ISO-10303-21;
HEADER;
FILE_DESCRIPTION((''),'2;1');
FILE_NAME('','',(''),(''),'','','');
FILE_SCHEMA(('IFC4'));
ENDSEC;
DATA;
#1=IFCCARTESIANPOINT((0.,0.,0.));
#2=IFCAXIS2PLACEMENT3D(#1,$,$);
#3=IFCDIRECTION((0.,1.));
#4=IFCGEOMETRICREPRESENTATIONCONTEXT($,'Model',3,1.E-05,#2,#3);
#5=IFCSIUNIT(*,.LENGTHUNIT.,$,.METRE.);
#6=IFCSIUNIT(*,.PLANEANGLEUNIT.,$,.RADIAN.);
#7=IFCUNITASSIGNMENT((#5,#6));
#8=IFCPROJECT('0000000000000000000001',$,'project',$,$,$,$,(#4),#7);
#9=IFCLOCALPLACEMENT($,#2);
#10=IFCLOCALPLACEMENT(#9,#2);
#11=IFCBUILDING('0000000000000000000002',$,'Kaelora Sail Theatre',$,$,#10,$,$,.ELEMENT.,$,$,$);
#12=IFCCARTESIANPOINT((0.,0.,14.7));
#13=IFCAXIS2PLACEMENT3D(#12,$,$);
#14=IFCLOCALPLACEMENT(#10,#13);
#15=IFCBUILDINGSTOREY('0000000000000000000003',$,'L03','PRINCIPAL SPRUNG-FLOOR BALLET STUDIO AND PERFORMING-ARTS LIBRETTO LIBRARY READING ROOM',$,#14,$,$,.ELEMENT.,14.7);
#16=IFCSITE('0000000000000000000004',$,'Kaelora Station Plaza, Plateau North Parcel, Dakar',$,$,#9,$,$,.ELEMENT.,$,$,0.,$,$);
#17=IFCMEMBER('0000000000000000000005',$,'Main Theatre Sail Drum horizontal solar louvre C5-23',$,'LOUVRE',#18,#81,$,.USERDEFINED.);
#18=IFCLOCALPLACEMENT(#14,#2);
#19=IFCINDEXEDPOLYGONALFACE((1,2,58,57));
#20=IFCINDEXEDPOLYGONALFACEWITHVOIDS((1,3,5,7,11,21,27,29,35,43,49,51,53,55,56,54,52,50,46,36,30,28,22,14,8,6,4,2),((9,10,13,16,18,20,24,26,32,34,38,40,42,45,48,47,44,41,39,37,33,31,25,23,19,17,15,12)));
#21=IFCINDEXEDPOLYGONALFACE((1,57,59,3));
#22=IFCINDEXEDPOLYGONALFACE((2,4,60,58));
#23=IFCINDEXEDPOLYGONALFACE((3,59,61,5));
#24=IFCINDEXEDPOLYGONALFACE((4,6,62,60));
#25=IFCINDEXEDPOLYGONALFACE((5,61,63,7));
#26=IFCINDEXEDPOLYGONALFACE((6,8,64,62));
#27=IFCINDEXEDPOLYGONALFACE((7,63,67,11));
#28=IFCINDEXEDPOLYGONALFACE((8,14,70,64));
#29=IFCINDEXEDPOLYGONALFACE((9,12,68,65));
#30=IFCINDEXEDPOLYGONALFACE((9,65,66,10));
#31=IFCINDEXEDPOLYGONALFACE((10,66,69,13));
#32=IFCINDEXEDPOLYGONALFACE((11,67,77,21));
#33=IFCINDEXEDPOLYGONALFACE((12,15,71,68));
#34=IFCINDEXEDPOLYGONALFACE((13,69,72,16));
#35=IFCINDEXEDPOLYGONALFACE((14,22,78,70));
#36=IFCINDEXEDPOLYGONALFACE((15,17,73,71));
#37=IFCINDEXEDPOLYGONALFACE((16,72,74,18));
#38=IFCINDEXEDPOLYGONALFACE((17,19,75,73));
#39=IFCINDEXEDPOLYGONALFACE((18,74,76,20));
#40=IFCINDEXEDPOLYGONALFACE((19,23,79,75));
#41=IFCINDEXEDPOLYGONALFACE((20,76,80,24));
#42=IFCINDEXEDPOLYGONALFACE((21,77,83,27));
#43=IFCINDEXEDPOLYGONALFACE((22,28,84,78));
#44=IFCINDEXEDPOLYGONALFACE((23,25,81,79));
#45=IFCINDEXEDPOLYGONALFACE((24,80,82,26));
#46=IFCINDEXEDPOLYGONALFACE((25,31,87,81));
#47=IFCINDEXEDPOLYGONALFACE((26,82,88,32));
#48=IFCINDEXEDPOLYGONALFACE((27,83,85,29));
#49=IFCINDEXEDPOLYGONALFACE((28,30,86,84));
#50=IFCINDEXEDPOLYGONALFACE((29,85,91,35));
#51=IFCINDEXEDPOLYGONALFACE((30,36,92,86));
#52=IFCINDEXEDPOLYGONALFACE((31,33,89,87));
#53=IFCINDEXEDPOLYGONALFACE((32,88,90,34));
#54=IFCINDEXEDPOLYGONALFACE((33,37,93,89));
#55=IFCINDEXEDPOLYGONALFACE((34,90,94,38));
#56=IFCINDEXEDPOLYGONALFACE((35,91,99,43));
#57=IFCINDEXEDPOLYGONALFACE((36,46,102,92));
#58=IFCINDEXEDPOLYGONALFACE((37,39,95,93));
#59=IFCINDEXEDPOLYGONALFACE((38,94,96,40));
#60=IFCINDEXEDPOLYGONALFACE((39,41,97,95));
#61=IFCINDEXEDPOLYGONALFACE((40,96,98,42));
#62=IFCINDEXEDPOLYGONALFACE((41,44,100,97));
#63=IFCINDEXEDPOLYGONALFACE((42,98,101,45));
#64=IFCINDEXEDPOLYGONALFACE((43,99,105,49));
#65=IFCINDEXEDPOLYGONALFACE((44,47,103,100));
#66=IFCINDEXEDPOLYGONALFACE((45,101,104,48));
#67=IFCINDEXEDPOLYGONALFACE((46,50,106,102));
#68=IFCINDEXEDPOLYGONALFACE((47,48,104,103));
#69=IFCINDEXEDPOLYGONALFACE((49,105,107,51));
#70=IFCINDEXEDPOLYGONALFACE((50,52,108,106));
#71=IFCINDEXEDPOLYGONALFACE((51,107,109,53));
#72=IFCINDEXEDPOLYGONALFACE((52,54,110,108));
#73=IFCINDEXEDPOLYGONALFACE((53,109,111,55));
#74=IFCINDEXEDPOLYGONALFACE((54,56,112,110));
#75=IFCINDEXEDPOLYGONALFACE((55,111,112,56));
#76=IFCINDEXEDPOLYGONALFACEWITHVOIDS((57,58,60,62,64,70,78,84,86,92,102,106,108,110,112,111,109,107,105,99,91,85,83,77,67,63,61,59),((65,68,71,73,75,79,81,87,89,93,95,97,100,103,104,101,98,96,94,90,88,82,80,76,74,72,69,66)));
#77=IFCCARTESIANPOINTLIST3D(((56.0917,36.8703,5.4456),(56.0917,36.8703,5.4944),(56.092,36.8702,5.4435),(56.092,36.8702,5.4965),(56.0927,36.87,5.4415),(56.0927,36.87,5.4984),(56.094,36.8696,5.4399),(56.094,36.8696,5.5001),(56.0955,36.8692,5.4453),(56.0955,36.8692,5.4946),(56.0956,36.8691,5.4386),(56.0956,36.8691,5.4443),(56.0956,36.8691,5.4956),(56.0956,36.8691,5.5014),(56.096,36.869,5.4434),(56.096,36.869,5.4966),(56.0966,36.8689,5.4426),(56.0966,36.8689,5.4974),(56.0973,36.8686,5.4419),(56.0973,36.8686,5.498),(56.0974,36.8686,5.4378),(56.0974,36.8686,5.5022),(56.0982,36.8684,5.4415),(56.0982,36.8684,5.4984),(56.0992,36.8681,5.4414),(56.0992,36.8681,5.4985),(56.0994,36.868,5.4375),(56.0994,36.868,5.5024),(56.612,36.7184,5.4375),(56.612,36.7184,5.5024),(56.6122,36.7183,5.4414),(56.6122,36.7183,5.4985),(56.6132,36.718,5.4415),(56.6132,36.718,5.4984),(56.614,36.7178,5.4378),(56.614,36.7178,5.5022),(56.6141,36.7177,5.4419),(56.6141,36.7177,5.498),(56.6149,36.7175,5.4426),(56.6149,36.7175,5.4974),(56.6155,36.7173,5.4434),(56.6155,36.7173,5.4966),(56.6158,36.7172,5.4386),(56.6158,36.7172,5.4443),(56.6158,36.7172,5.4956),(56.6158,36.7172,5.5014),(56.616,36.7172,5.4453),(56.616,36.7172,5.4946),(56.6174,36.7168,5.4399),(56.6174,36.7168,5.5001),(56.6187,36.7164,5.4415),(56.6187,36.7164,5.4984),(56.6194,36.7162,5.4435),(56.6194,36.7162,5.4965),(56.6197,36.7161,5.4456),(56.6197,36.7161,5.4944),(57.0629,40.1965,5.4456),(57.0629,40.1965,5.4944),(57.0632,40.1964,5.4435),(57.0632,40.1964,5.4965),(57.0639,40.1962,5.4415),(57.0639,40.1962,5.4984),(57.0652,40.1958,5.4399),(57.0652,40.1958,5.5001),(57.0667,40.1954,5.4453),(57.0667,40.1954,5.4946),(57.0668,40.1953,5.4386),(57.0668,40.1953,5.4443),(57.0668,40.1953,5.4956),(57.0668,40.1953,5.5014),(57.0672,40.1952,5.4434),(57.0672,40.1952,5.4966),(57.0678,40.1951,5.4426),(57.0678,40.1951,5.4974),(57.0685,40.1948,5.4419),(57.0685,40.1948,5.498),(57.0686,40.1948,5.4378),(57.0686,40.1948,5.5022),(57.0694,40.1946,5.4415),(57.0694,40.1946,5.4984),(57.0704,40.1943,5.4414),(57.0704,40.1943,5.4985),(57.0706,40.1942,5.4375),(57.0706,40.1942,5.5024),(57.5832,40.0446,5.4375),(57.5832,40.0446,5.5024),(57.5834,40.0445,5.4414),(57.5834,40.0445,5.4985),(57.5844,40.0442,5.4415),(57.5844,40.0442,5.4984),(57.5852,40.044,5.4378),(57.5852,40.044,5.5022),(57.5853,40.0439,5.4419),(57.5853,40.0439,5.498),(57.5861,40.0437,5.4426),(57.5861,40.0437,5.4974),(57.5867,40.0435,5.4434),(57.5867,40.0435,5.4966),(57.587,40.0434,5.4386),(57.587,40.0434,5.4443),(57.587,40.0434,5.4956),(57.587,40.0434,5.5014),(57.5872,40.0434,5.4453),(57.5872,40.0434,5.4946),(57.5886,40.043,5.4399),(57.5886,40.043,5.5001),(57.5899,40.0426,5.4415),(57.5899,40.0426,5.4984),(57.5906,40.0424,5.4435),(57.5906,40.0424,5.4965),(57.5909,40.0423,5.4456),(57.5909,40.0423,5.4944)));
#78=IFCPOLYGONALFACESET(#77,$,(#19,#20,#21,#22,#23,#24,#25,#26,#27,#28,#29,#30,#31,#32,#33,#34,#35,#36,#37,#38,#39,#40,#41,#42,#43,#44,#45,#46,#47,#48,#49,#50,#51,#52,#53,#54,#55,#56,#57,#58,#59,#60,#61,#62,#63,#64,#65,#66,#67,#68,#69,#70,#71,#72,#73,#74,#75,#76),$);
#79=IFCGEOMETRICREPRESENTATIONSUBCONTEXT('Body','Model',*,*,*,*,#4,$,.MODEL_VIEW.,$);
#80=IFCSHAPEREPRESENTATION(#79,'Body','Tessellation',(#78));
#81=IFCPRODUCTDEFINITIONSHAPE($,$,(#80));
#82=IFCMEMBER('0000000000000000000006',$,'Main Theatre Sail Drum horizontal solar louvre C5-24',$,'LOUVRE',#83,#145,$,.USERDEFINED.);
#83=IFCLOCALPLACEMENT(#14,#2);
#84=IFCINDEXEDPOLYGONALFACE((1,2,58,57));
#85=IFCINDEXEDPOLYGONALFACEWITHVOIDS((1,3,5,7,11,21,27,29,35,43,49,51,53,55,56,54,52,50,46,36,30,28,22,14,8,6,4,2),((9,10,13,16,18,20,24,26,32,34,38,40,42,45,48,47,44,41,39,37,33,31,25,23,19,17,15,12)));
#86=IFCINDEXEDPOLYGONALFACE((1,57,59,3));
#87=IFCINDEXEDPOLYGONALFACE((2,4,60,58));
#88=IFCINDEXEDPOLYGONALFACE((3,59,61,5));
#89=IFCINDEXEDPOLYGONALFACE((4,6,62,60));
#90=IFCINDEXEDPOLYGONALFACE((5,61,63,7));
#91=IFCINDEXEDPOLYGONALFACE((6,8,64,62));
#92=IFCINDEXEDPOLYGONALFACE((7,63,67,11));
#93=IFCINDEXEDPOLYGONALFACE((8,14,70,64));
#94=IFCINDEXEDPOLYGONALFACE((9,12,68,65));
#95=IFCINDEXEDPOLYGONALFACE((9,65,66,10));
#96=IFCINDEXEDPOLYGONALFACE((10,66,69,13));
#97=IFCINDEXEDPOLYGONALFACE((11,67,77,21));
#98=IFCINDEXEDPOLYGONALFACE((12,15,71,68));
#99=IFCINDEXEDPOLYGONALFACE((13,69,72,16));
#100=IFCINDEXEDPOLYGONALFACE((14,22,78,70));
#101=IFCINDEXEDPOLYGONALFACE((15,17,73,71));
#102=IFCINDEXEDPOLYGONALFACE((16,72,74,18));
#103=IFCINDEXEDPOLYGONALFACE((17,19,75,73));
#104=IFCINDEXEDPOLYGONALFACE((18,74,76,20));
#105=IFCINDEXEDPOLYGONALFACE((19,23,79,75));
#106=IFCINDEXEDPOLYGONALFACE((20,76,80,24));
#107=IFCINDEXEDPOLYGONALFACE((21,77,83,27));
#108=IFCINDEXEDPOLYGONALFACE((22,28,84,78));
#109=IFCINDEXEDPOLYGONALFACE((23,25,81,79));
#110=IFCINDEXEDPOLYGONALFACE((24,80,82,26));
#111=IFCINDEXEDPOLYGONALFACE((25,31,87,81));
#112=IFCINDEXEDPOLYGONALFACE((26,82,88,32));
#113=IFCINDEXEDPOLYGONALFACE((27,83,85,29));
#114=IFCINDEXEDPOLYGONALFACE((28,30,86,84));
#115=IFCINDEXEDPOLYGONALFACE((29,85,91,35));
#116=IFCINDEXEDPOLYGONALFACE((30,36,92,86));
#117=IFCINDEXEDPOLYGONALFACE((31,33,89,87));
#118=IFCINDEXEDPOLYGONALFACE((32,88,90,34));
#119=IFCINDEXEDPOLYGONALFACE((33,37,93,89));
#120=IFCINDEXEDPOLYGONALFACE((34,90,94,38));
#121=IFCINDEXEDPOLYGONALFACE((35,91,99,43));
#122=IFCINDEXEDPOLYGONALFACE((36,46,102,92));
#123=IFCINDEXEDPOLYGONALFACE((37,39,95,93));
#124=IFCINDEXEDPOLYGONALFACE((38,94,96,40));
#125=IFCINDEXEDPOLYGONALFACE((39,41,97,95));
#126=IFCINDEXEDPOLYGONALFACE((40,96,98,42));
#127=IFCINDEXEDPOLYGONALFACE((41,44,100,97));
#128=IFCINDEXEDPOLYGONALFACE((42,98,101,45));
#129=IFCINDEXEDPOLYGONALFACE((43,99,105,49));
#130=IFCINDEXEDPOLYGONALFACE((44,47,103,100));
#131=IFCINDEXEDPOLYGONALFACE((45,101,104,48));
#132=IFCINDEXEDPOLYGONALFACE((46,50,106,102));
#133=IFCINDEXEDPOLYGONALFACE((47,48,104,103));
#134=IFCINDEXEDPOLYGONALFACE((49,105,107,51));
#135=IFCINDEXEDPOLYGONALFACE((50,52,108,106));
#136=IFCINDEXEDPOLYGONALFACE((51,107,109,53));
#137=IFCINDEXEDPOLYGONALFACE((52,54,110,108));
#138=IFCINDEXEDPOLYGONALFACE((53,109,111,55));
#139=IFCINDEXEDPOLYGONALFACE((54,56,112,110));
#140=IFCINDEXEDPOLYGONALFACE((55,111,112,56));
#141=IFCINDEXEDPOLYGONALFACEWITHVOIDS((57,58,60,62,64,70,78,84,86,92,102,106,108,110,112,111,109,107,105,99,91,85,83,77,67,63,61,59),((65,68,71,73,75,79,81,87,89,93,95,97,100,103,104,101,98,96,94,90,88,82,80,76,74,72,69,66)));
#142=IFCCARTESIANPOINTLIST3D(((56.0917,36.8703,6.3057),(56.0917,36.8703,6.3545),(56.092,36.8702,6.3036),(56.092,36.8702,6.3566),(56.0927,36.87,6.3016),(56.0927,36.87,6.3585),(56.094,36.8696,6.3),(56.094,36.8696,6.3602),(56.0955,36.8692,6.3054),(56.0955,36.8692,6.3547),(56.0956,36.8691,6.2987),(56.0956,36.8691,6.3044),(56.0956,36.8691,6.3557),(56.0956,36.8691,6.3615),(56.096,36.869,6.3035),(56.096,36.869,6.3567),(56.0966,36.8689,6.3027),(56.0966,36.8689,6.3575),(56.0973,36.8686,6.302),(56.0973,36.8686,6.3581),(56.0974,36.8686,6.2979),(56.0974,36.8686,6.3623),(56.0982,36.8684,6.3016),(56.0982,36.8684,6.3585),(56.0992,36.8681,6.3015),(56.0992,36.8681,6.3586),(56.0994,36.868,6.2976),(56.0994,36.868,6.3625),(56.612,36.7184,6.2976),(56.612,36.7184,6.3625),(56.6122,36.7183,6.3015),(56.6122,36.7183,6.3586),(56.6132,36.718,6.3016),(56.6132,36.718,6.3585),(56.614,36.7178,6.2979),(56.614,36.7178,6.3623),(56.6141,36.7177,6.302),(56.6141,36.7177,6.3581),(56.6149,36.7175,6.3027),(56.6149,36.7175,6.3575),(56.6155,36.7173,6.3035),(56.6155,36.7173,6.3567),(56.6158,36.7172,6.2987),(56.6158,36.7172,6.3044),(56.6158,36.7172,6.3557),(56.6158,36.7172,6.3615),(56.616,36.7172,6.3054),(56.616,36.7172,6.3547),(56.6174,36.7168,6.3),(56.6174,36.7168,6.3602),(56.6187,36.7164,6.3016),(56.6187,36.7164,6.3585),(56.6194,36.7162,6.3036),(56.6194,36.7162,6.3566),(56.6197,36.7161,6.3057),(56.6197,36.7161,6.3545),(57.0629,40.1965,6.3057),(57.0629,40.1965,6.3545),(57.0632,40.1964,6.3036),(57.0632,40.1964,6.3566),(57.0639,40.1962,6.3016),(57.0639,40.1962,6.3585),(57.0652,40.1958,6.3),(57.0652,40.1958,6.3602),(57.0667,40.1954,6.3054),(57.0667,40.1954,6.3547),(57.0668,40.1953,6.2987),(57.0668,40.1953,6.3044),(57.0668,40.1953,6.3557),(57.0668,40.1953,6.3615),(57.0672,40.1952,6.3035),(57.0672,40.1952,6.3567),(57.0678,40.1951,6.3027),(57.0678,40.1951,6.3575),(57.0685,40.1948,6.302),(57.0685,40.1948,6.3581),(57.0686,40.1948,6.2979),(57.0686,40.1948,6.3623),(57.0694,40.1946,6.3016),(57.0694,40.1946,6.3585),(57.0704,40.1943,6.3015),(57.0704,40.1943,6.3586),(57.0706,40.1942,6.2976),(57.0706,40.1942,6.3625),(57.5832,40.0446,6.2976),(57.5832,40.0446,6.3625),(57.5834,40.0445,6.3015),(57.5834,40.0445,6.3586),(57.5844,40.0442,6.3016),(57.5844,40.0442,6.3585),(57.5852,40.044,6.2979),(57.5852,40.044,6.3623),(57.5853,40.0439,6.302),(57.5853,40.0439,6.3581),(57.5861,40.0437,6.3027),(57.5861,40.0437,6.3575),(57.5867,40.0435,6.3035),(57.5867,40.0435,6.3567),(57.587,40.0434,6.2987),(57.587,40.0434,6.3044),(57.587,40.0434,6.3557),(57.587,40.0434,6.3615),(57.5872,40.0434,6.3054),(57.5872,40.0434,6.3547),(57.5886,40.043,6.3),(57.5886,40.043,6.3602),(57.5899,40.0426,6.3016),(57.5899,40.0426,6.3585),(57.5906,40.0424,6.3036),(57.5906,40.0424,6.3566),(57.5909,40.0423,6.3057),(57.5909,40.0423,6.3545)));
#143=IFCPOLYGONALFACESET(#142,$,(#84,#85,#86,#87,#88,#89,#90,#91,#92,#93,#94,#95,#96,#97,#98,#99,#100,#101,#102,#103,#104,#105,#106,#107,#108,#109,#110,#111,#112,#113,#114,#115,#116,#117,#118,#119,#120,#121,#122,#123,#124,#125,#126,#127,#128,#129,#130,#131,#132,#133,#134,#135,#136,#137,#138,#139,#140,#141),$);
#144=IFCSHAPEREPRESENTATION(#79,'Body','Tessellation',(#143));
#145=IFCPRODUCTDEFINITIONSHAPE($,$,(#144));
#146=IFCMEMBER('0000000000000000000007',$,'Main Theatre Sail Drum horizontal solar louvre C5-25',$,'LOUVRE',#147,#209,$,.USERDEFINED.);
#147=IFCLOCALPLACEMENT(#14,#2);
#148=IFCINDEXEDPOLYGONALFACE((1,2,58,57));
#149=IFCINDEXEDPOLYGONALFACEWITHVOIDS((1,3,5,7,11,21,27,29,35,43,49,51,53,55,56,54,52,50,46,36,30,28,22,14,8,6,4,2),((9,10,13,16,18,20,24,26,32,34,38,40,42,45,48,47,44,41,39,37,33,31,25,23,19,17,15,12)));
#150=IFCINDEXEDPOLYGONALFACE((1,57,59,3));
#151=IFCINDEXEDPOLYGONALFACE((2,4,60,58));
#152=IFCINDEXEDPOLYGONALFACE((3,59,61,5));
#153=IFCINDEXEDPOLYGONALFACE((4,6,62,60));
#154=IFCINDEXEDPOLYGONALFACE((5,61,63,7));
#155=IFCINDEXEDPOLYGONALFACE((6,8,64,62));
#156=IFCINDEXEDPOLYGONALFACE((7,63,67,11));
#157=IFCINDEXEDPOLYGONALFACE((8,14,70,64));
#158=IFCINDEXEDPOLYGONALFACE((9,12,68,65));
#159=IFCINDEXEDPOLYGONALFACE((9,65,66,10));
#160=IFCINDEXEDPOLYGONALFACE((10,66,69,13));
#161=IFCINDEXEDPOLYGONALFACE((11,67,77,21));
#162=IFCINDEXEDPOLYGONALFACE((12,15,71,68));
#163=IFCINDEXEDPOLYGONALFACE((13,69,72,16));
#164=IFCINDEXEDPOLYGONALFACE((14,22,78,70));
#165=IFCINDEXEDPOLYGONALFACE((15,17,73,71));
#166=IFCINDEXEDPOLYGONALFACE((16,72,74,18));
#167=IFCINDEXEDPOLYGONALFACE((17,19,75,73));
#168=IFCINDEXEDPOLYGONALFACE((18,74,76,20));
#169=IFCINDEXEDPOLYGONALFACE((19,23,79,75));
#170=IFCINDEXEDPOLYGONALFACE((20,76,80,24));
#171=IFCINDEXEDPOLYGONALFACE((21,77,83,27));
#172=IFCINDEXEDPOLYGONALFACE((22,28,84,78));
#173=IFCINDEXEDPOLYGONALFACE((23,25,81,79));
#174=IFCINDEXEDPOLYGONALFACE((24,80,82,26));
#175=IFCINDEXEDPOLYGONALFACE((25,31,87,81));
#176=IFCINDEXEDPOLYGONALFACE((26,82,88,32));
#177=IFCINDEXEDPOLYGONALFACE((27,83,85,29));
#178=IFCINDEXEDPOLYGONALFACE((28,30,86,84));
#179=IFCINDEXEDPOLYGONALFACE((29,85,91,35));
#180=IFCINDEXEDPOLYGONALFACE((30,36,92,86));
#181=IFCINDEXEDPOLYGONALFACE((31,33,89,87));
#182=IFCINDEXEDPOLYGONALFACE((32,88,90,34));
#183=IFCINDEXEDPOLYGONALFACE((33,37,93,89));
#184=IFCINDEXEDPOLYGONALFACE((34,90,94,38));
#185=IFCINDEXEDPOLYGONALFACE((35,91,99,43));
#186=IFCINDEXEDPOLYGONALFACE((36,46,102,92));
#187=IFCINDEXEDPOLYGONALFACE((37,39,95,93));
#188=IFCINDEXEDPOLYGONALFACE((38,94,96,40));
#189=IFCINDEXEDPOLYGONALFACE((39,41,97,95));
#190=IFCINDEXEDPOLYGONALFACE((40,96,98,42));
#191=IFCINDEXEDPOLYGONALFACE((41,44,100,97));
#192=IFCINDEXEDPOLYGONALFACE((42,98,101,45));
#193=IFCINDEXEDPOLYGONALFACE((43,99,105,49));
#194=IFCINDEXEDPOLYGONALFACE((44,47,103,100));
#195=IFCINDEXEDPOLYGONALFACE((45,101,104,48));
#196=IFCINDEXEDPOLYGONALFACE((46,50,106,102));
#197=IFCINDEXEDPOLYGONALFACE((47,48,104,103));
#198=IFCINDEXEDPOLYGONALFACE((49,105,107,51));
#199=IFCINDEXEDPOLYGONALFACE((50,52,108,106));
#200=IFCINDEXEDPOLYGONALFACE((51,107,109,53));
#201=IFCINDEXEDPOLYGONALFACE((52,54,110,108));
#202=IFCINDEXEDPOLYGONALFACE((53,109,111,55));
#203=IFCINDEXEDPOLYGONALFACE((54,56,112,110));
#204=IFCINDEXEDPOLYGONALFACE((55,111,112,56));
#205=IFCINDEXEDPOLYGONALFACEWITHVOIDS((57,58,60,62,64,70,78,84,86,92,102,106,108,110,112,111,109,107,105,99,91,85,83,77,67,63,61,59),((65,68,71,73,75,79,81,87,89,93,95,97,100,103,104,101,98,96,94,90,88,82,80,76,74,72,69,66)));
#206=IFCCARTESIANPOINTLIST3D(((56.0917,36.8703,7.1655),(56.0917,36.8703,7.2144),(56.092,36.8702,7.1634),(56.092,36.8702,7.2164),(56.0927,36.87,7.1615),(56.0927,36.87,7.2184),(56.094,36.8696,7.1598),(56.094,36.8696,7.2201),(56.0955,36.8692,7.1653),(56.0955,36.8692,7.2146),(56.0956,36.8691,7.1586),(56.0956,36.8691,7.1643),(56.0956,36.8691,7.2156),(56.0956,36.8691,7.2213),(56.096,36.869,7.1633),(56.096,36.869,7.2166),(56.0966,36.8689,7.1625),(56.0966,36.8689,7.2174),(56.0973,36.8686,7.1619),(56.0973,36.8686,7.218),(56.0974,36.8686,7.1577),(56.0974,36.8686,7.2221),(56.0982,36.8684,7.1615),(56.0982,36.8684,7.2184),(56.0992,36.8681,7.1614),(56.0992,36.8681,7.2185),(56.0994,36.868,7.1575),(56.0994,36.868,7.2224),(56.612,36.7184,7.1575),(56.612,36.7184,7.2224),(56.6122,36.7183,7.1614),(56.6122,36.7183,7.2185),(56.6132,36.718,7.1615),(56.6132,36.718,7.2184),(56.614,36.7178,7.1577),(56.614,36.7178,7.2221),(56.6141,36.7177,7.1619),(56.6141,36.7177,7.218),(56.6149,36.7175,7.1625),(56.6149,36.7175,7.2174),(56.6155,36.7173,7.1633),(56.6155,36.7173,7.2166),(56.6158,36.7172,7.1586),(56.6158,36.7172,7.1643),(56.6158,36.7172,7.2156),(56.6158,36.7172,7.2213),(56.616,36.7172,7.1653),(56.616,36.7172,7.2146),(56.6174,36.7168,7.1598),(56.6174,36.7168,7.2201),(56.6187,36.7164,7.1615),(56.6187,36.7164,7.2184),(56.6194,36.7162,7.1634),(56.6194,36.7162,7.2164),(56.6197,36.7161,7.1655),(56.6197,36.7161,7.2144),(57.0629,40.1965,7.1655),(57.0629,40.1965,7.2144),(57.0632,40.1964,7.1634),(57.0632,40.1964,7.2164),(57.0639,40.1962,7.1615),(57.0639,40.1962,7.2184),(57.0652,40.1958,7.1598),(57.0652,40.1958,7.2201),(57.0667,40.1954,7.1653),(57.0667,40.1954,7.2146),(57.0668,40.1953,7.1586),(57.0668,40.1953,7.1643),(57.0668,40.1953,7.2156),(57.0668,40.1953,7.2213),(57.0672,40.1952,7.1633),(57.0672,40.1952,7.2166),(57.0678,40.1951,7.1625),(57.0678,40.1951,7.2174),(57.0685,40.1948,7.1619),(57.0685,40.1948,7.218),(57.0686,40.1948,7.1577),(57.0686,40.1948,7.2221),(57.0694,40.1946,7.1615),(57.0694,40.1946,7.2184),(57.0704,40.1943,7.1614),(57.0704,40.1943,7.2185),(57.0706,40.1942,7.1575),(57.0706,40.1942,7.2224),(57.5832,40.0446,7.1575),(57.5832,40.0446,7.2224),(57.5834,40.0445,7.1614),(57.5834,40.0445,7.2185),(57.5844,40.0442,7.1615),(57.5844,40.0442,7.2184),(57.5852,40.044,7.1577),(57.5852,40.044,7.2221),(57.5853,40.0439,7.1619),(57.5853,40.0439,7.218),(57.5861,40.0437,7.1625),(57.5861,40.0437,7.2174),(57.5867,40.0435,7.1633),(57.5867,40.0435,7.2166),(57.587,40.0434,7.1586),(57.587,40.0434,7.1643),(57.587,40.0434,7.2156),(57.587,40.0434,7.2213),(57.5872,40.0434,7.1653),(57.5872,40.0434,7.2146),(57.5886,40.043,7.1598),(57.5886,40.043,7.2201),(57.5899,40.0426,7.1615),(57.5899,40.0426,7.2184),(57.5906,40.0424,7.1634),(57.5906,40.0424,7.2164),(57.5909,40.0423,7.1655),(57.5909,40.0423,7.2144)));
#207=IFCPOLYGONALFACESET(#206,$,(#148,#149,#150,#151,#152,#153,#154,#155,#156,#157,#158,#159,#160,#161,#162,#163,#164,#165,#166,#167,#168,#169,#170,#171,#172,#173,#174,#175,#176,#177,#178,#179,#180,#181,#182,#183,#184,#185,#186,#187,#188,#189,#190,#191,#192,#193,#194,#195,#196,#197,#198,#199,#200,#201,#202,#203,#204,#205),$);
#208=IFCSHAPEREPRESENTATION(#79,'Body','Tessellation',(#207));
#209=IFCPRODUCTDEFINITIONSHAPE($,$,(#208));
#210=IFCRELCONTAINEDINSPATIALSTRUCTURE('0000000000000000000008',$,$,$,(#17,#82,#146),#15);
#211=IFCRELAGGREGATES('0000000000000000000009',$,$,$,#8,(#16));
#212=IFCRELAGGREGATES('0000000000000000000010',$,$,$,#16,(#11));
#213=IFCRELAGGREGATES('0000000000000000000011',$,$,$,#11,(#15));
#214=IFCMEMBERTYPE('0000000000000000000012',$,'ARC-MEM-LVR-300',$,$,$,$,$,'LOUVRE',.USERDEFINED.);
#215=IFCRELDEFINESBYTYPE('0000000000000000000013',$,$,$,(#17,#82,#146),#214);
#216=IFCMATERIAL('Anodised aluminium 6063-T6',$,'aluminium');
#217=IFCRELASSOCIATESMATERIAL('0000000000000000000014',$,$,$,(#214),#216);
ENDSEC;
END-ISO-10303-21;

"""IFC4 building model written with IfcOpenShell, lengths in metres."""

from ifc_helpers import new_model, si_unit, direction, frame, origin, origin_2d, place, context, subcontext, project, spatial, hollow_rectangle, extrude, material, material_profile, profile_set, type_object, element, save


model = new_model("IFC4")

# Units and contexts
model_context = context("Model", 3, precision=1e-05, world=origin(), true_north=direction((0.0, 1.0)))
body_context = subcontext(model_context, "Body", "Model", "MODEL_VIEW")
ifc_project = project(units=[si_unit("LENGTHUNIT", "METRE"), si_unit("PLANEANGLEUNIT", "RADIAN")], contexts=[model_context])

# Site, building, storey
site_placement = place(None, origin())
site = spatial("IfcSite", under=ifc_project, at=site_placement, Name="Kaelora Station Plaza, Plateau North Parcel, Dakar", CompositionType="ELEMENT", RefElevation=0.0)
building_placement = place(site_placement, origin())
building = spatial("IfcBuilding", under=site, at=building_placement, Name="Kaelora Sail Theatre", CompositionType="ELEMENT")
storey_placement = place(building_placement, frame((0.0, 0.0, 14.7)))
storey = spatial("IfcBuildingStorey", under=building, at=storey_placement, Name="L03", Description="PRINCIPAL SPRUNG-FLOOR BALLET STUDIO AND PERFORMING-ARTS LIBRETTO LIBRARY READING ROOM", CompositionType="ELEMENT", Elevation=14.7)

# Members
ifc_material = material(Name="Anodised aluminium 6063-T6", Category="aluminium")
ifc_material_profile = material_profile(ifc_material, hollow_rectangle(XDim=0.55, YDim=0.0649, WallThickness=0.0039, InnerFilletRadius=0.0039, OuterFilletRadius=0.0081, at=origin_2d()), Name="LOUVRE 550x65x4")
ifc_profile_set = profile_set([ifc_material_profile], Name="Anodised aluminium 6063-T6")
member_type = type_object("IfcMemberType", Name="ARC-MEM-LVR-300", ElementType="LOUVRE", PredefinedType="USERDEFINED", material=ifc_profile_set)
for number, where, z_axis, x_axis, name in (
    (1, (57.3269, 40.1194, 5.47), (-0.280281, -0.959918, 0.0), (0.959918, -0.280281, 0.0), "Main Theatre Sail Drum horizontal solar louvre C5-23"),
    (2, (57.3269, 40.1194, 6.3301), (-0.280281, -0.959918, 0.0), (0.959918, -0.280281, 0.0), "Main Theatre Sail Drum horizontal solar louvre C5-24"),
    (3, (57.3269, 40.1194, 7.1899), (-0.280281, -0.959918, 0.0), (0.959918, -0.280281, 0.0), "Main Theatre Sail Drum horizontal solar louvre C5-25"),
):
    element("IfcMember", number, at=place(storey_placement, frame(where, z_axis=z_axis, x_axis=x_axis)), inside=storey, type_object=member_type, Name=name, ObjectType="LOUVRE", PredefinedType="USERDEFINED", context=body_context, shape_type="SweptSolid", body=[
        extrude(hollow_rectangle(XDim=0.55, YDim=0.0649, WallThickness=0.0039, InnerFilletRadius=0.0039, OuterFilletRadius=0.0081, at=origin_2d()), origin(), (0.0, 0.0, 1.0), 3.4651),
    ])

save(model, "model.ifc")
